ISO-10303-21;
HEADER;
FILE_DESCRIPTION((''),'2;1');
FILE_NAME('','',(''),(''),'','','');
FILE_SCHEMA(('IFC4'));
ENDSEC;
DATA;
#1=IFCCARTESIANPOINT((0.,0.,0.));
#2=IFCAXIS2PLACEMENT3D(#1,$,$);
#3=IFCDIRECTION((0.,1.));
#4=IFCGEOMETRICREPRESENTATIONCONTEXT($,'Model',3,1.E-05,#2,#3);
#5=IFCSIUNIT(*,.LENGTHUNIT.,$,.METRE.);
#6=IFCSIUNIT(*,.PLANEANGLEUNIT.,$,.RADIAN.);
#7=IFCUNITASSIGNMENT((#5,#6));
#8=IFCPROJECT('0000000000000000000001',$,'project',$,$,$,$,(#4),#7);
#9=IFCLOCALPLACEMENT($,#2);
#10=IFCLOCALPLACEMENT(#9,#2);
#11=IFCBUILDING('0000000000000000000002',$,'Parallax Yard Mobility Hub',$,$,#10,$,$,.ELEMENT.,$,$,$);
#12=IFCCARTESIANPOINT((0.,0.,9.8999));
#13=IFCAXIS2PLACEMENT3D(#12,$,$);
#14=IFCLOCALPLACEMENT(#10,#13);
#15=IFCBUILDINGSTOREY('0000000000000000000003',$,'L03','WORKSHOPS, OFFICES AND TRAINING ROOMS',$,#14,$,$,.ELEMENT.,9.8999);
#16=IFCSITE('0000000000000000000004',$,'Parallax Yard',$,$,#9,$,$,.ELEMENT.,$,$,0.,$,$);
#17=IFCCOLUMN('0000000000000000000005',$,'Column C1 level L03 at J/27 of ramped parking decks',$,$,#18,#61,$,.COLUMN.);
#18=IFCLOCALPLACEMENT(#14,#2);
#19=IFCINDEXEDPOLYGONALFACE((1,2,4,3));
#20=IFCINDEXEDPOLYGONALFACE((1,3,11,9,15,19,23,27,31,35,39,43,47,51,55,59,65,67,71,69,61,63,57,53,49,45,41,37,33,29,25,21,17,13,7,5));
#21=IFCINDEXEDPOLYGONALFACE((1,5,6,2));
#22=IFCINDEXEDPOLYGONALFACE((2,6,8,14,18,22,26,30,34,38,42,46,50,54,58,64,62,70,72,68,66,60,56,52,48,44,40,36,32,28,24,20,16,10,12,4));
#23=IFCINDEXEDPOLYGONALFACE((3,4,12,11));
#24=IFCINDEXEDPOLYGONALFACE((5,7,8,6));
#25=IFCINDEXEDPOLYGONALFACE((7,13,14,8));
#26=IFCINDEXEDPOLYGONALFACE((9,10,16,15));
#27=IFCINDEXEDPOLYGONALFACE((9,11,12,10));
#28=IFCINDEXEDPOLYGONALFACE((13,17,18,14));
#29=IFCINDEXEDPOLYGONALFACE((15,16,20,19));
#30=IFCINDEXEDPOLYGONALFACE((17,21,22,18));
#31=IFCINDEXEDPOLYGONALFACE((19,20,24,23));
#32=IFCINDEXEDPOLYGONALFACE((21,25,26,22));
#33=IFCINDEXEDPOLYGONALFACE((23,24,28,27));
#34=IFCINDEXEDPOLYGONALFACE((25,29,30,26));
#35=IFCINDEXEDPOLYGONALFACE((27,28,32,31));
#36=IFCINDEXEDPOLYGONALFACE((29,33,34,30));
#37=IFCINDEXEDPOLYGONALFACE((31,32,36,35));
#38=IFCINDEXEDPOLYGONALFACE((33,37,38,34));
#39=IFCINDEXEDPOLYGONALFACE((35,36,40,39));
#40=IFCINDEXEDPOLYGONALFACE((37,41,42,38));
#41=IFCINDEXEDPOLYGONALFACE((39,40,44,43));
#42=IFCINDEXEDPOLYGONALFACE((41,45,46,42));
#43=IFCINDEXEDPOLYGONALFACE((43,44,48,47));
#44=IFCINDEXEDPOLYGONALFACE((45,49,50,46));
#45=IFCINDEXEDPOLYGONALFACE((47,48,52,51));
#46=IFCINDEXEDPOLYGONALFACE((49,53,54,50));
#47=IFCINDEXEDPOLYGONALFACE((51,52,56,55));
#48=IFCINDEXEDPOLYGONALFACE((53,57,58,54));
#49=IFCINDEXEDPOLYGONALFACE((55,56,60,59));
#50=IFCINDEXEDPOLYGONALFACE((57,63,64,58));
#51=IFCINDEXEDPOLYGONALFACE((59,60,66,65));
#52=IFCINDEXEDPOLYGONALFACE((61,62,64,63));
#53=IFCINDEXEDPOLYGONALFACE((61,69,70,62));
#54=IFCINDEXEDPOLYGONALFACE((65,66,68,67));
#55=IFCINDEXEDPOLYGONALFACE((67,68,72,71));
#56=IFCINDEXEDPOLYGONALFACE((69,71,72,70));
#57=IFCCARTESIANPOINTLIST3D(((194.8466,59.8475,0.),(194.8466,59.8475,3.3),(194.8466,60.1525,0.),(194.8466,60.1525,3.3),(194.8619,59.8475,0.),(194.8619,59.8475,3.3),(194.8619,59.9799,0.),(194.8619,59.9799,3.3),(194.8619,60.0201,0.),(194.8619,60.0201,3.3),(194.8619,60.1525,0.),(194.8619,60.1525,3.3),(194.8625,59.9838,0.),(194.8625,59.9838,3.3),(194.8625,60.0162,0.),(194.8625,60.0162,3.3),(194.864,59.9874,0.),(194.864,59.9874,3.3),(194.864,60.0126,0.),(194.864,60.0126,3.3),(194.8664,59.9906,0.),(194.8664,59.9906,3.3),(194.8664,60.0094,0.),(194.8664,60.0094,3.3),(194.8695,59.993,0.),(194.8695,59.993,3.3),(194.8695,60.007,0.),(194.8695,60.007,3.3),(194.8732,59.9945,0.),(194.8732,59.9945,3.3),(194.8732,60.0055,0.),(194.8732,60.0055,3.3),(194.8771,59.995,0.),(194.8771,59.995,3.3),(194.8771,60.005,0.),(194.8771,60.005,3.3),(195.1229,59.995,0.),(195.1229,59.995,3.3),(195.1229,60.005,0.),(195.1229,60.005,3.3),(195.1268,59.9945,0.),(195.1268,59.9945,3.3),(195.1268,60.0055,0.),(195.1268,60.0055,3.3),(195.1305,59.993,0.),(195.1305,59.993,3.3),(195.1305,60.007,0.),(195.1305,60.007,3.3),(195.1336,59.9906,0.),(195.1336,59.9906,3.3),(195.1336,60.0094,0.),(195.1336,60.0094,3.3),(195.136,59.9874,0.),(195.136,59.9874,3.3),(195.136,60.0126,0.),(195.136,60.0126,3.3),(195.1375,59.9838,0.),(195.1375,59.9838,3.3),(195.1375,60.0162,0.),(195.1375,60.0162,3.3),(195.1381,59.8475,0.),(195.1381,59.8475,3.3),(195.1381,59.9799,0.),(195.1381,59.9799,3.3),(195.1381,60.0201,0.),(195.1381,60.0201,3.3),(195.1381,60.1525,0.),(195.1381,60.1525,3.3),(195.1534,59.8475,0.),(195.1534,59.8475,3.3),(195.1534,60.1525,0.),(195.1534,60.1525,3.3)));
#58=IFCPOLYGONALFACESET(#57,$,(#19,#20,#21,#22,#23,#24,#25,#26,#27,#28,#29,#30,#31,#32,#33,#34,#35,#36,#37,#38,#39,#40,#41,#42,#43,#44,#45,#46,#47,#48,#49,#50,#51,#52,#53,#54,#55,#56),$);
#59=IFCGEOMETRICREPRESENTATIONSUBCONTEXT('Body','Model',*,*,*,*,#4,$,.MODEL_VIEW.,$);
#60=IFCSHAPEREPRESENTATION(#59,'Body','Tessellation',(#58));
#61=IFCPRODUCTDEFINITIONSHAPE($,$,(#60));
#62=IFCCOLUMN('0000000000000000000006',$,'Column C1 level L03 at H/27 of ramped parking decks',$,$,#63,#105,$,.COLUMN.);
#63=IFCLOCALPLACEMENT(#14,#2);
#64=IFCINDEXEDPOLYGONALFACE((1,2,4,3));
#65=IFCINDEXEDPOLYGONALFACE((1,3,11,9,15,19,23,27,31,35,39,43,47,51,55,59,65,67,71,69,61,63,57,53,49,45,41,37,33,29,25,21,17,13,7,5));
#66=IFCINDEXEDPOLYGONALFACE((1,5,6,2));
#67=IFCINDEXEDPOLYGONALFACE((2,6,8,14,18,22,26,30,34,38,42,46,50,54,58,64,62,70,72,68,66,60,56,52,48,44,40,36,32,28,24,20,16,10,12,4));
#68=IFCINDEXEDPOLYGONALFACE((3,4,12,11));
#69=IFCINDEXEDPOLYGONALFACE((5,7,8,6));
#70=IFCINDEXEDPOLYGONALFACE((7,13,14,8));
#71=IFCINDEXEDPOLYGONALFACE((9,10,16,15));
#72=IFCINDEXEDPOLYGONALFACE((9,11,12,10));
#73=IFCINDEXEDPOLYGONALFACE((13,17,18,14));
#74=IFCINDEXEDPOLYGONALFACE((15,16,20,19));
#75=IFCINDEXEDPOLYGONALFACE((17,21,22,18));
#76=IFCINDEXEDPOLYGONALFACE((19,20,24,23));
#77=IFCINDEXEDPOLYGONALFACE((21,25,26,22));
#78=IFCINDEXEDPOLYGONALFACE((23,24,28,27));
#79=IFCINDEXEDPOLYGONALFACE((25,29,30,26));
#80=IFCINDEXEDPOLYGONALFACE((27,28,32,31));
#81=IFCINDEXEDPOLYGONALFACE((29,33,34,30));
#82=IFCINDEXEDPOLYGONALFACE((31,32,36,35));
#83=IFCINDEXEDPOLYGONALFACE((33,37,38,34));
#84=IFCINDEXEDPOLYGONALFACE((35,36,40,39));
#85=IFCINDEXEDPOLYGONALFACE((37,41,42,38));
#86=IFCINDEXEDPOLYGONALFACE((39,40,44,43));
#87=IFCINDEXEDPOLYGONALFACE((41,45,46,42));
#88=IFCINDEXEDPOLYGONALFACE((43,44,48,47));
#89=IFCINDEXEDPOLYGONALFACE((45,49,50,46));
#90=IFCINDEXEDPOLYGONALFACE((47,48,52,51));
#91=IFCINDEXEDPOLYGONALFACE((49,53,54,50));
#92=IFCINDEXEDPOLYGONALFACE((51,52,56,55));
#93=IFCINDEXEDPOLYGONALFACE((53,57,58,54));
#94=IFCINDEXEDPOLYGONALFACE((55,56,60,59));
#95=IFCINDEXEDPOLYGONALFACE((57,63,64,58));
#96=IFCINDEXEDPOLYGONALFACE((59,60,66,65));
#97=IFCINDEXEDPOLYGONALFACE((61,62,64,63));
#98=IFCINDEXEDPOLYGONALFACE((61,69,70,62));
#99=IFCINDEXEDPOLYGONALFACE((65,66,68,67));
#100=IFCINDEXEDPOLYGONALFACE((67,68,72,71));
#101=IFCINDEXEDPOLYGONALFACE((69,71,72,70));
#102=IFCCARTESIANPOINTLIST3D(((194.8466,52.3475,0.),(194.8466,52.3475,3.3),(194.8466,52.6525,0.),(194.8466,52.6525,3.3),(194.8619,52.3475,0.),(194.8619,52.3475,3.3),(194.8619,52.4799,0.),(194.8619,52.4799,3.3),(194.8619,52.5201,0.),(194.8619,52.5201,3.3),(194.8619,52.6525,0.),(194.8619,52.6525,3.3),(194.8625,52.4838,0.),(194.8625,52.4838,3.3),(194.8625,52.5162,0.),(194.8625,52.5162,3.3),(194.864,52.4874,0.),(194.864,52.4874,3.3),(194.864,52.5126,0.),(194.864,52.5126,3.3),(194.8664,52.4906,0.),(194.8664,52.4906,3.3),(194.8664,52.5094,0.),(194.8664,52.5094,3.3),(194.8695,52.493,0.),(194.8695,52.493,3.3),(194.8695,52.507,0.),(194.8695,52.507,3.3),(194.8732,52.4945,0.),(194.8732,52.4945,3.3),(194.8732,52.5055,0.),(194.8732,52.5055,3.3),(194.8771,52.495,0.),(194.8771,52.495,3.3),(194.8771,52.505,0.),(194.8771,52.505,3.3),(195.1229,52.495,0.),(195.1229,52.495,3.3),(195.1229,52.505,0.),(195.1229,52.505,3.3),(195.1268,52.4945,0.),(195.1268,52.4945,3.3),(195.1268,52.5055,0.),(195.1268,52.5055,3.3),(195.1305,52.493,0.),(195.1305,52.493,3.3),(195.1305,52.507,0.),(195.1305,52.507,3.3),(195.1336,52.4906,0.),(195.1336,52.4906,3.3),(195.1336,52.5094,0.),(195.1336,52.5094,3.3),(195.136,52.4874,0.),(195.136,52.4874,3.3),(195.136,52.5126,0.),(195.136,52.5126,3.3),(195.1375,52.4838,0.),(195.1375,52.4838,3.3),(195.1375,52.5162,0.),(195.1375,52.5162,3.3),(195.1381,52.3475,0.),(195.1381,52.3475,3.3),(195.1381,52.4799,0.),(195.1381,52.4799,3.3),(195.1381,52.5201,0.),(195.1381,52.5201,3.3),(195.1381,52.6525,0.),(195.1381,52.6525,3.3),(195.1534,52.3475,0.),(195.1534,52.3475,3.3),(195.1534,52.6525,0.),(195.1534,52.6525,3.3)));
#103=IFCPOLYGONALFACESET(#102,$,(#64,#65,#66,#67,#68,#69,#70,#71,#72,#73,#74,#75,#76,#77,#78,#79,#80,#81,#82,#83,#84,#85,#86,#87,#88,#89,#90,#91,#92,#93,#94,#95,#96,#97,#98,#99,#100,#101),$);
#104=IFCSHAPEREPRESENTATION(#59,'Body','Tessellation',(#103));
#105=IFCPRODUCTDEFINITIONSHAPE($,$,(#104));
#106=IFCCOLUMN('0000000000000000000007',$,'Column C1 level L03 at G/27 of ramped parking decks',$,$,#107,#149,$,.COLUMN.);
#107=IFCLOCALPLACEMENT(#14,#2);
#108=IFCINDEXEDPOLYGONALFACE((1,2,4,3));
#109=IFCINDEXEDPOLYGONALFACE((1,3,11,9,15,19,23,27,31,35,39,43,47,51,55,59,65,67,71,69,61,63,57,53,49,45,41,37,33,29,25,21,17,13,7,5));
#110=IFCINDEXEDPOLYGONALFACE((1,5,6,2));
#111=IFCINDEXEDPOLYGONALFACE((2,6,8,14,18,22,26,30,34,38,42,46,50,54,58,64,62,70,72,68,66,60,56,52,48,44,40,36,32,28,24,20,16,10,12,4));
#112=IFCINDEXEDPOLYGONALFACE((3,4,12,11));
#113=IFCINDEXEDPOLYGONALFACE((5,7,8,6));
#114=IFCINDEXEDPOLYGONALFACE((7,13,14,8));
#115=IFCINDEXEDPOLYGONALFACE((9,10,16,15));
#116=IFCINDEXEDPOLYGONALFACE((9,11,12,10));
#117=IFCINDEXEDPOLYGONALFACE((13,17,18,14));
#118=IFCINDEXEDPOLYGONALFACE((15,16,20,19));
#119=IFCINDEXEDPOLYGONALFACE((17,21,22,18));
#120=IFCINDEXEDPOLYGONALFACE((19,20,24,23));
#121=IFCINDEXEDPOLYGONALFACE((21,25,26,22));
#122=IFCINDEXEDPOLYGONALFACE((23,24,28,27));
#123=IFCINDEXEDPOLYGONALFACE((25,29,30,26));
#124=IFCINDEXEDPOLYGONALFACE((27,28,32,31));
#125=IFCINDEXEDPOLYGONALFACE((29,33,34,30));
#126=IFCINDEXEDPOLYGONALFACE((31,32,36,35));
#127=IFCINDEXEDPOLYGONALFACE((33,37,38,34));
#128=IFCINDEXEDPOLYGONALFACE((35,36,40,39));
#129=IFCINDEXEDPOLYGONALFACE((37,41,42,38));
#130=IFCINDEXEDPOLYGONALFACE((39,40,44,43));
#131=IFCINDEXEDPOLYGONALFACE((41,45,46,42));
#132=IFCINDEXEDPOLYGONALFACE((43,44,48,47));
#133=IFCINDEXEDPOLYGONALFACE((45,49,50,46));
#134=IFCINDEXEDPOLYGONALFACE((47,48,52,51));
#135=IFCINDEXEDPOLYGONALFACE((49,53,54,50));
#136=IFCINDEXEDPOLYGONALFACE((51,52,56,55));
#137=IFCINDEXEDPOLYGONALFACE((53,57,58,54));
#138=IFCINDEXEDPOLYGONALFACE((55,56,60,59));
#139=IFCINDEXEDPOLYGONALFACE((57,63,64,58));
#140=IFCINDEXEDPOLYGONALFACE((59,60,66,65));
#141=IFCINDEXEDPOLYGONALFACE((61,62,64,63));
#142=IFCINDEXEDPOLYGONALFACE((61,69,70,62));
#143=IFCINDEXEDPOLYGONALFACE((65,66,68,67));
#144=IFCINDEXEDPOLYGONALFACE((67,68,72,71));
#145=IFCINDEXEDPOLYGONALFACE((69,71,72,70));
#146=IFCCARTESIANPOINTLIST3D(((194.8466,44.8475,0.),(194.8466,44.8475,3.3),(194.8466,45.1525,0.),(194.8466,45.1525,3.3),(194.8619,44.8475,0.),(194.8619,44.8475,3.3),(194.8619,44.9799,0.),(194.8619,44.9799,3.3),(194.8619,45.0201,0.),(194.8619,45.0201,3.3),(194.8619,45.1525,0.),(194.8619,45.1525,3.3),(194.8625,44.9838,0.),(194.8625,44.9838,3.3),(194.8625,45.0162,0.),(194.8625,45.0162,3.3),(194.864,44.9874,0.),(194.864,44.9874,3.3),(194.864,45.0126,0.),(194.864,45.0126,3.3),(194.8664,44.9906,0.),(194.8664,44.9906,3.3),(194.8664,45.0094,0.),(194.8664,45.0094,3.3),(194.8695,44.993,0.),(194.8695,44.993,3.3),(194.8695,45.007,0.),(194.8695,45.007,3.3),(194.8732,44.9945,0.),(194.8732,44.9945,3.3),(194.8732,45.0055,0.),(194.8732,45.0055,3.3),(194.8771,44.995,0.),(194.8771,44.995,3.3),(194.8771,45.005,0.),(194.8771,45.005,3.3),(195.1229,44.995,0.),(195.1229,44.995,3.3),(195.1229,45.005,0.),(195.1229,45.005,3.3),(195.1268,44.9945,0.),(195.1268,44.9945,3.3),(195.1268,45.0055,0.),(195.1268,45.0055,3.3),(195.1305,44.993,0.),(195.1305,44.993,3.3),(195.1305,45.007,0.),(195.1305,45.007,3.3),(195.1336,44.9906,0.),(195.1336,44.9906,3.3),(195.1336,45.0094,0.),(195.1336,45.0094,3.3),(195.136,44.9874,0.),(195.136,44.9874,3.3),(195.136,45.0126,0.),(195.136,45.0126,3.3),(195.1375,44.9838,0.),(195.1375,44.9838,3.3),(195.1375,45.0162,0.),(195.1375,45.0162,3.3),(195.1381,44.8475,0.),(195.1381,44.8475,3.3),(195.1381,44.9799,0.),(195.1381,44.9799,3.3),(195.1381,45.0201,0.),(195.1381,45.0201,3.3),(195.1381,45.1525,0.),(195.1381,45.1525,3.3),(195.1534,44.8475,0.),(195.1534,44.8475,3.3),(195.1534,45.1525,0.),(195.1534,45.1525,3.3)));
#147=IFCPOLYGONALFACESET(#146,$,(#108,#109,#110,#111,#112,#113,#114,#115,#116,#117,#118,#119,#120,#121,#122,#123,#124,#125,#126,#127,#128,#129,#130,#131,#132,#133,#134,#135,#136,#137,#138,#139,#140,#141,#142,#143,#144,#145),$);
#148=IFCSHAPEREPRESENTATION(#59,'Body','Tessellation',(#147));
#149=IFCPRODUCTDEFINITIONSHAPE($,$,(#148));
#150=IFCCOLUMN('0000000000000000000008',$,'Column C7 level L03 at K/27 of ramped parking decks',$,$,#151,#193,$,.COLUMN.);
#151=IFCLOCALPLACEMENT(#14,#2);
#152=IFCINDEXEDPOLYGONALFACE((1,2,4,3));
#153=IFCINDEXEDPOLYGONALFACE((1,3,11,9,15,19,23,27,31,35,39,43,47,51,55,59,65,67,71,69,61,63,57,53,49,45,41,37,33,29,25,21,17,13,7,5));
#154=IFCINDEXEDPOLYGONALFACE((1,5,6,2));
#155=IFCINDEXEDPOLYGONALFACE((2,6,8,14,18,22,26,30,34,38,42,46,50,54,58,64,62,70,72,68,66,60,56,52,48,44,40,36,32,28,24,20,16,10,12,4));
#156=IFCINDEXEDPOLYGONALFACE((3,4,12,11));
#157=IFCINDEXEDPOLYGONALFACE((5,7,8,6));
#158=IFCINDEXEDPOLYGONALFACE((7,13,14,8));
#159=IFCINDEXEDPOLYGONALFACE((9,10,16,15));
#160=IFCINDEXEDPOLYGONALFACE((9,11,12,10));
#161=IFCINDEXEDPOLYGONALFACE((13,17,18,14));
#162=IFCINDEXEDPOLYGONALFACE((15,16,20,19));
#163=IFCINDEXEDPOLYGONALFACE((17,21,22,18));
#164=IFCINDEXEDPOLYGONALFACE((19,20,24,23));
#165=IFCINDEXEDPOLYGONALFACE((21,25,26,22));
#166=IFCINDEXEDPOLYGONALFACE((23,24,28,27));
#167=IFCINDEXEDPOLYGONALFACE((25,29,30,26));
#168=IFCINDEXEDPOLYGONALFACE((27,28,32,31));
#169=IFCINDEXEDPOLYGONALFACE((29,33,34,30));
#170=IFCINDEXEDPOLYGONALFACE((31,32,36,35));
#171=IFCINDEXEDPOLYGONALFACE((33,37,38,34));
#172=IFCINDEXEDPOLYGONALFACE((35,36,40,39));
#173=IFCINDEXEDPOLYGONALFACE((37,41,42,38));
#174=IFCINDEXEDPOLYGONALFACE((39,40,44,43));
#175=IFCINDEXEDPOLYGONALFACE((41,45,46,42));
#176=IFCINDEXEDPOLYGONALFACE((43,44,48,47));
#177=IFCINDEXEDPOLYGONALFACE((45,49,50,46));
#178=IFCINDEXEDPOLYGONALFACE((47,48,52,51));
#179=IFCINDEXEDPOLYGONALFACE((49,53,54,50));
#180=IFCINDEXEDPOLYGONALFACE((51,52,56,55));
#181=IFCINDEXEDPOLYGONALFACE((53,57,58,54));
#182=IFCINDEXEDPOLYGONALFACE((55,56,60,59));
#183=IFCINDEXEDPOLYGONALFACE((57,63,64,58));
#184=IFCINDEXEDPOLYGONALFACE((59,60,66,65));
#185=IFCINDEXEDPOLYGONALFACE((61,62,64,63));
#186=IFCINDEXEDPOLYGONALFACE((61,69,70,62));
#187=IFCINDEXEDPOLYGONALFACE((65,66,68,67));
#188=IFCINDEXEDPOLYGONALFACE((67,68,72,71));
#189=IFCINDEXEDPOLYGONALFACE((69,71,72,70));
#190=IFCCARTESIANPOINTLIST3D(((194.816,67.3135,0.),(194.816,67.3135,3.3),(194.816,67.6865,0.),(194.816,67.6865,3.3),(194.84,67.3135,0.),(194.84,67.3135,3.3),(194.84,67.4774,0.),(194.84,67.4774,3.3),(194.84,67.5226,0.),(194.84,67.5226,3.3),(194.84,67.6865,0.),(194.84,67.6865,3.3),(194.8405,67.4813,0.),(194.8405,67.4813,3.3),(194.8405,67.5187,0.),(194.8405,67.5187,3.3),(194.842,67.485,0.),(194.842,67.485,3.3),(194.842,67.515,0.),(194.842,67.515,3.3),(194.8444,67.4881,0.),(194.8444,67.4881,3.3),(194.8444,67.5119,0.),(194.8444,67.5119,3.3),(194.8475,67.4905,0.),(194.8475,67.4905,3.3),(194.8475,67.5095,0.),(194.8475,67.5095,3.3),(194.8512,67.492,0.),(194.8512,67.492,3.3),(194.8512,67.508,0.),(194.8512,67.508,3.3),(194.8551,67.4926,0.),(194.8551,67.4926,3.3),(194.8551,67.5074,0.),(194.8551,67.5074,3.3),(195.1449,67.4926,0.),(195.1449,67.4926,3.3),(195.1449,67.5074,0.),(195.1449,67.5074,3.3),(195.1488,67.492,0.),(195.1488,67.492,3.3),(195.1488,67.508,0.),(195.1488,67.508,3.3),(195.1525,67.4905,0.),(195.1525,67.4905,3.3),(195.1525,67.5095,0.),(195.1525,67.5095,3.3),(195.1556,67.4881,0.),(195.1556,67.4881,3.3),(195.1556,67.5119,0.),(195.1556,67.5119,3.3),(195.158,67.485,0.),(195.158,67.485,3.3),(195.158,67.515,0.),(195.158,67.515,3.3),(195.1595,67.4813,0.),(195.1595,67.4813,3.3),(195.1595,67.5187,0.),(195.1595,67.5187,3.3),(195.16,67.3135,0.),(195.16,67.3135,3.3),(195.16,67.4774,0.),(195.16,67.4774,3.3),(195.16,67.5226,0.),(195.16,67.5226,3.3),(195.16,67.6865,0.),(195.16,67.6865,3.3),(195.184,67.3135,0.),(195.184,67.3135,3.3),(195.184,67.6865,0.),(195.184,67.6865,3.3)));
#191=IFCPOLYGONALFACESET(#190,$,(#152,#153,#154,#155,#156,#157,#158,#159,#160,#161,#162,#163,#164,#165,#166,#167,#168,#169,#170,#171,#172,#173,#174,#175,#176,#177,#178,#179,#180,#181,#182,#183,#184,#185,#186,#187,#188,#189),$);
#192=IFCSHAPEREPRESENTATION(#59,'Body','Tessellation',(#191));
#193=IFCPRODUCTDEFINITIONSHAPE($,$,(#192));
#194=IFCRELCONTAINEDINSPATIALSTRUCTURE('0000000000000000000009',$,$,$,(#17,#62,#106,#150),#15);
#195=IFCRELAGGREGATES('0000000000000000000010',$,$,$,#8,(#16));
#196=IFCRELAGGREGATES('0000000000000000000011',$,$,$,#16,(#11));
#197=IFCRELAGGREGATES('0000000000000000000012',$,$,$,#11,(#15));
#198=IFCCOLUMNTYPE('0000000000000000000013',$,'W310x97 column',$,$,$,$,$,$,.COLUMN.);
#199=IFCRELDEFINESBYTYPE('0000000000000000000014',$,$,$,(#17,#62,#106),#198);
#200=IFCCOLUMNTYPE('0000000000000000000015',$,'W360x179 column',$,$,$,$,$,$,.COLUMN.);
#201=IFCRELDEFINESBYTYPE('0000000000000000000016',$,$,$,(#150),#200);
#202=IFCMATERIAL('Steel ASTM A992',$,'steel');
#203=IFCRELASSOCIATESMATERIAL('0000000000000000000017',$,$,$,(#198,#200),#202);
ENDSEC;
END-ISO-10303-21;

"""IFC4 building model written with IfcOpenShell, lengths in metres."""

from ifc_helpers import new_model, si_unit, direction, frame, origin, origin_2d, place, context, subcontext, project, spatial, i_section, extrude, material, material_profile, profile_set, type_object, element, save


model = new_model("IFC4")

# Units and contexts
model_context = context("Model", 3, precision=1e-05, world=origin(), true_north=direction((0.0, 1.0)))
body_context = subcontext(model_context, "Body", "Model", "MODEL_VIEW")
ifc_project = project(units=[si_unit("LENGTHUNIT", "METRE"), si_unit("PLANEANGLEUNIT", "RADIAN")], contexts=[model_context])

# Site, building, storey
site_placement = place(None, origin())
site = spatial("IfcSite", under=ifc_project, at=site_placement, Name="Parallax Yard", CompositionType="ELEMENT", RefElevation=0.0)
building_placement = place(site_placement, origin())
building = spatial("IfcBuilding", under=site, at=building_placement, Name="Parallax Yard Mobility Hub", CompositionType="ELEMENT")
storey_placement = place(building_placement, frame((0.0, 0.0, 9.8999)))
storey = spatial("IfcBuildingStorey", under=building, at=storey_placement, Name="L03", Description="WORKSHOPS, OFFICES AND TRAINING ROOMS", CompositionType="ELEMENT", Elevation=9.8999)

# Columns
ifc_material_1 = material(Name="Steel ASTM A992", Category="steel")
ifc_material_profile_1 = material_profile(ifc_material_1, i_section(OverallWidth=0.3049, OverallDepth=0.3069, WebThickness=0.01, FlangeThickness=0.0154, FilletRadius=0.0151, at=origin_2d()), Name="W310x97")
ifc_profile_set_1 = profile_set([ifc_material_profile_1], Name="Steel ASTM A992")
column_type_1 = type_object("IfcColumnType", Name="W310x97 column", PredefinedType="COLUMN", material=ifc_profile_set_1)
for number, where, z_axis, x_axis, name in (
    (1, (195.0, 60.0, 0.0), (0.0, 0.0, 1.0), (0.0, 1.0, 0.0), "Column C1 level L03 at J/27 of ramped parking decks"),
    (2, (195.0, 52.5, 0.0), (0.0, 0.0, 1.0), (0.0, 1.0, 0.0), "Column C1 level L03 at H/27 of ramped parking decks"),
    (3, (195.0, 45.0, 0.0), (0.0, 0.0, 1.0), (0.0, 1.0, 0.0), "Column C1 level L03 at G/27 of ramped parking decks"),
):
    element("IfcColumn", number, at=place(storey_placement, frame(where, z_axis=z_axis, x_axis=x_axis)), inside=storey, type_object=column_type_1, Name=name, PredefinedType="COLUMN", context=body_context, shape_type="SweptSolid", body=[
        extrude(i_section(OverallWidth=0.3049, OverallDepth=0.3069, WebThickness=0.01, FlangeThickness=0.0154, FilletRadius=0.0151, at=origin_2d()), origin(), (0.0, 0.0, 1.0), 3.3),
    ])
ifc_material_profile_2 = material_profile(ifc_material_1, i_section(OverallWidth=0.373, OverallDepth=0.3679, WebThickness=0.0149, FlangeThickness=0.0239, FilletRadius=0.0151, at=origin_2d()), Name="W360x179")
ifc_profile_set_2 = profile_set([ifc_material_profile_2], Name="Steel ASTM A992")
column_type_2 = type_object("IfcColumnType", Name="W360x179 column", PredefinedType="COLUMN", material=ifc_profile_set_2)
for number, where, z_axis, x_axis, name in (
    (4, (195.0, 67.5, 0.0), (0.0, 0.0, 1.0), (0.0, 1.0, 0.0), "Column C7 level L03 at K/27 of ramped parking decks"),
):
    element("IfcColumn", number, at=place(storey_placement, frame(where, z_axis=z_axis, x_axis=x_axis)), inside=storey, type_object=column_type_2, Name=name, PredefinedType="COLUMN", context=body_context, shape_type="SweptSolid", body=[
        extrude(i_section(OverallWidth=0.373, OverallDepth=0.3679, WebThickness=0.0149, FlangeThickness=0.0239, FilletRadius=0.0151, at=origin_2d()), origin(), (0.0, 0.0, 1.0), 3.3),
    ])

save(model, "model.ifc")
